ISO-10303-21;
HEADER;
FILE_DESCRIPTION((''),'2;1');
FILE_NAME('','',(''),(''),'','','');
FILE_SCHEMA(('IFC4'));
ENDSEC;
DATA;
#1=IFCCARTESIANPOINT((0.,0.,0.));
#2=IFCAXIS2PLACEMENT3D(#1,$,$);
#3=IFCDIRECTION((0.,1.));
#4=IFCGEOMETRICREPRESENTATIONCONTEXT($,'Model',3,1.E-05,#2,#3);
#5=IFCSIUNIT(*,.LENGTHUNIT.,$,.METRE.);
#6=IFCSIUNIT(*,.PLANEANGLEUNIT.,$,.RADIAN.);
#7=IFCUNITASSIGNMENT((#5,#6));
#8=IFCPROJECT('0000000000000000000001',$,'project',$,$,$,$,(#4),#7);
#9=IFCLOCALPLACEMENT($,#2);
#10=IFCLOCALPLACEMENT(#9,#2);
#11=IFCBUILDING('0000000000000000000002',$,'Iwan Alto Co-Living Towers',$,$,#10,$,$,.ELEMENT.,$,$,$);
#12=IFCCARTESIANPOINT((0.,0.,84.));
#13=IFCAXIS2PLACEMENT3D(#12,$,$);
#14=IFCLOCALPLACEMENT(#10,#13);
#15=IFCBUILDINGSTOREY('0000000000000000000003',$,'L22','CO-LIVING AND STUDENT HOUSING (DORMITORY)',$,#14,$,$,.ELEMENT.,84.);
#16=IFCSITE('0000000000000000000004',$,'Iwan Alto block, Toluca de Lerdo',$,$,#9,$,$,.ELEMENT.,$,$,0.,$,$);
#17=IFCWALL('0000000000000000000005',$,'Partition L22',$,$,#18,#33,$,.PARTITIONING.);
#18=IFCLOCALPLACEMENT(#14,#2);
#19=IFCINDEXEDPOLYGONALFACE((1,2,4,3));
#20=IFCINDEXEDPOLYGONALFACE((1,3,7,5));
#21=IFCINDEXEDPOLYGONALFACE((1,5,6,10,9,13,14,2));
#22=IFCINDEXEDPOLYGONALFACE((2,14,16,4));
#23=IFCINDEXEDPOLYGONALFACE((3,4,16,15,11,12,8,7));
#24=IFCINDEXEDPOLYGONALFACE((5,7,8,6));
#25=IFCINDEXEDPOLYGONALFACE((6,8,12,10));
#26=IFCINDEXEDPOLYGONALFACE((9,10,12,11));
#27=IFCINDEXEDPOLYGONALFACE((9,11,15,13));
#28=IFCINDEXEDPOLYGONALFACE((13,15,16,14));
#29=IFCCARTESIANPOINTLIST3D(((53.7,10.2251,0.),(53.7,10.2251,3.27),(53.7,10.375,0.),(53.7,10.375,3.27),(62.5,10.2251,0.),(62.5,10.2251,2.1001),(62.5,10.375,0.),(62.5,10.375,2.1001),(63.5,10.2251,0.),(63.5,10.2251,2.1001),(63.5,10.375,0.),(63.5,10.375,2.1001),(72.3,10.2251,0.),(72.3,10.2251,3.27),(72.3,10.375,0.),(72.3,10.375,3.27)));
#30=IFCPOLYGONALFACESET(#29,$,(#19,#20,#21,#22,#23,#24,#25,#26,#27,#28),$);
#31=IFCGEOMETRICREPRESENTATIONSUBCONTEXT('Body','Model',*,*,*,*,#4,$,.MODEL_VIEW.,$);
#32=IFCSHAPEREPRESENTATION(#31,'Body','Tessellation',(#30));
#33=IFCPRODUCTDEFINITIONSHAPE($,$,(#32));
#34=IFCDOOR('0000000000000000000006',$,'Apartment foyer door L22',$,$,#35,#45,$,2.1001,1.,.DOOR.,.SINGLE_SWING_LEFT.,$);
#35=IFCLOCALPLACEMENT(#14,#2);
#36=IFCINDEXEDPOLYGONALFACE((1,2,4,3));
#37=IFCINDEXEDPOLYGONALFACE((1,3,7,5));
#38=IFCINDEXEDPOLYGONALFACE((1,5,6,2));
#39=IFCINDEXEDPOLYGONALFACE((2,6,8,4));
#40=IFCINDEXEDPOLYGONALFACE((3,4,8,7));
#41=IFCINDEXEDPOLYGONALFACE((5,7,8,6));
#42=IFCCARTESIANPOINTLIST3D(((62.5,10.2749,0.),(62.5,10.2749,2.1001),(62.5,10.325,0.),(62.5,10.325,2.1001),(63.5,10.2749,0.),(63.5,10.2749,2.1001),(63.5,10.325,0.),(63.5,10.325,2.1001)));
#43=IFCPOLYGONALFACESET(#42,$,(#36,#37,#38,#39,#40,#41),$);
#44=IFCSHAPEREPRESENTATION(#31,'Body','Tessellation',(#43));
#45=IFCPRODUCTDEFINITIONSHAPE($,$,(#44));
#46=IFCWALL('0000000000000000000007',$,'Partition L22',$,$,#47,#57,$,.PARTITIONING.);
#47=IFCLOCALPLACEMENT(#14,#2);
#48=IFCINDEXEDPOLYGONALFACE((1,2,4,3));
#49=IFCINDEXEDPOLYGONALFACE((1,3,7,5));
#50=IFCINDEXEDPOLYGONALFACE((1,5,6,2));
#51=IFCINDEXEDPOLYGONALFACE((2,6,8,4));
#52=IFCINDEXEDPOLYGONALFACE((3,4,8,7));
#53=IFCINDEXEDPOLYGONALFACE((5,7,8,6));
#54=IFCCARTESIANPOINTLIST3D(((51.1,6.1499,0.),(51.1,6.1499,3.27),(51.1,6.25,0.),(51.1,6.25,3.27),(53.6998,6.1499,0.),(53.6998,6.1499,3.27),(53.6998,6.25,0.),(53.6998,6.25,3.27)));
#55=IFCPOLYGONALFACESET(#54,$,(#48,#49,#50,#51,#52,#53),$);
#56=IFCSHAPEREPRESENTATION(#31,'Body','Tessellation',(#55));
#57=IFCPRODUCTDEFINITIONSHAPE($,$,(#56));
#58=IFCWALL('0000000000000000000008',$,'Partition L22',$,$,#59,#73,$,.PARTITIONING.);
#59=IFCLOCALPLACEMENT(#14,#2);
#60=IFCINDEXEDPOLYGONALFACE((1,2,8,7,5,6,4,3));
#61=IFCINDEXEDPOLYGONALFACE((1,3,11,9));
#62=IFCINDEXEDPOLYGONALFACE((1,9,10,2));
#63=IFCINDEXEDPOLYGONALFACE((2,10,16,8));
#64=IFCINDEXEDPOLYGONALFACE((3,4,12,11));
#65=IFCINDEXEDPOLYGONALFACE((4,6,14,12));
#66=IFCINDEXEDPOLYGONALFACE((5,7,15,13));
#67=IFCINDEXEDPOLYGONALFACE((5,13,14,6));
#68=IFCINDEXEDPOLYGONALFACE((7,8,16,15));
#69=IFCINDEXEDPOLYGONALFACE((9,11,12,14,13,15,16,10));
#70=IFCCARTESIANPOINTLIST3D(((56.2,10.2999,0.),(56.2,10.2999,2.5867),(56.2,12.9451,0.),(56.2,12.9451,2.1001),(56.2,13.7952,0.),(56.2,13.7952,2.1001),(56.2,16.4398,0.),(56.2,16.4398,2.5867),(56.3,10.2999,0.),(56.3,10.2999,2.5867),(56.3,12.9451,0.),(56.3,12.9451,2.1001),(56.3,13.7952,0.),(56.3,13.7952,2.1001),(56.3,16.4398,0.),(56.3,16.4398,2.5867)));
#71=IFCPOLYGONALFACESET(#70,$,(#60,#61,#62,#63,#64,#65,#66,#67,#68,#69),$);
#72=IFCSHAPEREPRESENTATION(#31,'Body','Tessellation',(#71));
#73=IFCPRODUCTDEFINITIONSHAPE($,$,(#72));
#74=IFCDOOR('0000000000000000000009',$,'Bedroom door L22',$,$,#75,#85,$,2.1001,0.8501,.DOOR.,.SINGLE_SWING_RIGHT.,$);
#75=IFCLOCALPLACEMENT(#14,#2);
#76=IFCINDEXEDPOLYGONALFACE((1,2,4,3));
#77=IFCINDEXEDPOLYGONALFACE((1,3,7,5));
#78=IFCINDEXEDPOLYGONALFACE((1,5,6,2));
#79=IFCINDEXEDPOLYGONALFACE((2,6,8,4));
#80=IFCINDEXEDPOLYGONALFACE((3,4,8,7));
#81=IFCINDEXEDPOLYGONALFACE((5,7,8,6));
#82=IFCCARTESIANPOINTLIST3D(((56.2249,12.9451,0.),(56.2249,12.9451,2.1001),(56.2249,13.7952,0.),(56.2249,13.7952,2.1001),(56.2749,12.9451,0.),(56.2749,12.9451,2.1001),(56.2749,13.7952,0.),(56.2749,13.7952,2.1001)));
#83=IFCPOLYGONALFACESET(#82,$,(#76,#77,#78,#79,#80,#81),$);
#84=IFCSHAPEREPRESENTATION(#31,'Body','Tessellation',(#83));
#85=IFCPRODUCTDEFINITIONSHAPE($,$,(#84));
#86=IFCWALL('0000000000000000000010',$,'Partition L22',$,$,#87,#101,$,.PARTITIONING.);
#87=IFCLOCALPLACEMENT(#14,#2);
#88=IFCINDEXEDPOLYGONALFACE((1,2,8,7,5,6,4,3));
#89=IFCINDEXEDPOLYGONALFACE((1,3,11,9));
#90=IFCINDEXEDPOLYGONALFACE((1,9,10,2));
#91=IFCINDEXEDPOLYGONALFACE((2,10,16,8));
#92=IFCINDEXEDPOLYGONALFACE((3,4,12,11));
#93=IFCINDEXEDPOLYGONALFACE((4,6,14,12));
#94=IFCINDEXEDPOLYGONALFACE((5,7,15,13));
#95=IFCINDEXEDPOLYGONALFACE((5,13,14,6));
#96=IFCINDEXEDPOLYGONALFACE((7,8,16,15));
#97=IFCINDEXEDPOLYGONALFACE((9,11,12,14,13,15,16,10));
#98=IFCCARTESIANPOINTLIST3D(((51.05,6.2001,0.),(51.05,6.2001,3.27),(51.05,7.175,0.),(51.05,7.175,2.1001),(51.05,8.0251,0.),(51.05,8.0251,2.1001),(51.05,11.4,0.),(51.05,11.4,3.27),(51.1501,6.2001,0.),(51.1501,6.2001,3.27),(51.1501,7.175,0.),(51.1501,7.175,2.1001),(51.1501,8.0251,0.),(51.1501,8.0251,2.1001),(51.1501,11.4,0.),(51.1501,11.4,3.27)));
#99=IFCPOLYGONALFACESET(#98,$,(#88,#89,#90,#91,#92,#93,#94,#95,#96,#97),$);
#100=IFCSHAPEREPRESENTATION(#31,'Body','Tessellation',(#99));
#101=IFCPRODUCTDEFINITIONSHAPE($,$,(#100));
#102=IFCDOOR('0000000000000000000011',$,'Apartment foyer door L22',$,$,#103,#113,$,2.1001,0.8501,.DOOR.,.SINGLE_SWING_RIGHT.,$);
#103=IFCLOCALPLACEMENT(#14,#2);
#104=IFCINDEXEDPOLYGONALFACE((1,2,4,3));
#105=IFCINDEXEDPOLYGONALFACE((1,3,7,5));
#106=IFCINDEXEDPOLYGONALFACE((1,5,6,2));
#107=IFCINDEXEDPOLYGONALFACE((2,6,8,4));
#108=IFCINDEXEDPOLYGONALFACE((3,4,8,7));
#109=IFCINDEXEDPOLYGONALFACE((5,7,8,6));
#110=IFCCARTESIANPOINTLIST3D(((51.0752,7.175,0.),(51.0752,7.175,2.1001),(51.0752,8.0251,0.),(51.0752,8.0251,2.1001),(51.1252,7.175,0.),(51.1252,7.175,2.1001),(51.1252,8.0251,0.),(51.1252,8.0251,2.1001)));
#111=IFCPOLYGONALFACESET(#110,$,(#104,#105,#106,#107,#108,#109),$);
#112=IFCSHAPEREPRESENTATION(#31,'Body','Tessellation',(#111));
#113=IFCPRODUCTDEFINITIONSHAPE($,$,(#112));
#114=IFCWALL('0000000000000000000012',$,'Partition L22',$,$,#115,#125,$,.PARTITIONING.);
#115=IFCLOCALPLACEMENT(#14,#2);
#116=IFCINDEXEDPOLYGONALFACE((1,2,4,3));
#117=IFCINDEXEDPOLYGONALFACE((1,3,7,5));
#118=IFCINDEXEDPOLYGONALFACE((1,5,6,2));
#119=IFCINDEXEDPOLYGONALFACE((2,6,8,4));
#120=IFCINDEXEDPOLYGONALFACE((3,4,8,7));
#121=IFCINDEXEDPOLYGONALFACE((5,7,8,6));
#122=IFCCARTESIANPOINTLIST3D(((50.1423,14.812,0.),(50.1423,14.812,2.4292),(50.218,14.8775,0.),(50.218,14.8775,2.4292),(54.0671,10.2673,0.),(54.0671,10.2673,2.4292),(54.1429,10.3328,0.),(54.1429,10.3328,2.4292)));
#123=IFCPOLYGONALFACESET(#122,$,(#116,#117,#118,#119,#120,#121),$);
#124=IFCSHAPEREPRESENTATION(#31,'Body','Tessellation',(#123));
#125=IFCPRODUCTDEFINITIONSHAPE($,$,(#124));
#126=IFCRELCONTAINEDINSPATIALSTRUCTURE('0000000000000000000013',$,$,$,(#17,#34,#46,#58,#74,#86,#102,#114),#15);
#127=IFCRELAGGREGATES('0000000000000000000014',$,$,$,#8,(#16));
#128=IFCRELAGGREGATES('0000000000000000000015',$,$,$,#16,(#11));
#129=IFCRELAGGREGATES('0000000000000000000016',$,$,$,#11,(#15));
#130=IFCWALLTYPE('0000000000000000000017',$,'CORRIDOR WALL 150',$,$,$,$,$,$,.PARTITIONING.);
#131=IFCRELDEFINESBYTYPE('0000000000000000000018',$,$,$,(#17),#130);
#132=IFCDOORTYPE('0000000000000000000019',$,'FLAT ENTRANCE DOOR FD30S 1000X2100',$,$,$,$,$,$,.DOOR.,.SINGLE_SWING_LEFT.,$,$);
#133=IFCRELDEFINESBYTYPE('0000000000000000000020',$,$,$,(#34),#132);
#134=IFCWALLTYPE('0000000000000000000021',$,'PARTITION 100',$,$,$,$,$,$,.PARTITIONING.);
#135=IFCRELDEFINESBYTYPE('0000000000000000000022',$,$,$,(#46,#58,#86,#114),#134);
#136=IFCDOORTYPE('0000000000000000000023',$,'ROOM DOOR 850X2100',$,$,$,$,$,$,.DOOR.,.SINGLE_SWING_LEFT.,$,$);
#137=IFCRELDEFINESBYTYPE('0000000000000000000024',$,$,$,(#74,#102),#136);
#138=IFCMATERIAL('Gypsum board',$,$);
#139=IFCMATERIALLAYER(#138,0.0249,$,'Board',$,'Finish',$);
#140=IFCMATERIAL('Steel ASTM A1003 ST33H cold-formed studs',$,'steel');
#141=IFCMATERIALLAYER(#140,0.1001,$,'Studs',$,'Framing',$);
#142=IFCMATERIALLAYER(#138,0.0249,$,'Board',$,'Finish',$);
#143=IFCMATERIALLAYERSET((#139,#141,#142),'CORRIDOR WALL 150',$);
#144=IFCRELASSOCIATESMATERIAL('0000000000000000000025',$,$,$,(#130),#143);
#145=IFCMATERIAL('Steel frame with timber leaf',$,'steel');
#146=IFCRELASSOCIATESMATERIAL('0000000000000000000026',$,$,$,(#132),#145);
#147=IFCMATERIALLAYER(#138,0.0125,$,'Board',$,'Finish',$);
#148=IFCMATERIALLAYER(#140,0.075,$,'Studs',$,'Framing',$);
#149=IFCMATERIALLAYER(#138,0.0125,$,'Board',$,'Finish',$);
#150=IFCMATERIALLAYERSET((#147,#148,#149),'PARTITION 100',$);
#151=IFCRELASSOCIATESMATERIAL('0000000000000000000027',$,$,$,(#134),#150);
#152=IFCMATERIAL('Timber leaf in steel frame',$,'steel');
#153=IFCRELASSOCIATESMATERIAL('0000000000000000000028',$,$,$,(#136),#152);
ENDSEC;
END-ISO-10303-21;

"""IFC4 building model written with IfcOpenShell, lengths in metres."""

from ifc_helpers import new_model, si_unit, direction, frame, frame_2d, origin, place, context, subcontext, project, spatial, rectangle, extrude, material, layer, layer_set, type_object, element, fill, save


model = new_model("IFC4")

# Units and contexts
model_context = context("Model", 3, precision=1e-05, world=origin(), true_north=direction((0.0, 1.0)))
body_context = subcontext(model_context, "Body", "Model", "MODEL_VIEW")
ifc_project = project(units=[si_unit("LENGTHUNIT", "METRE"), si_unit("PLANEANGLEUNIT", "RADIAN")], contexts=[model_context])

# Site, building, storey
site_placement = place(None, origin())
site = spatial("IfcSite", under=ifc_project, at=site_placement, Name="Iwan Alto block, Toluca de Lerdo", CompositionType="ELEMENT", RefElevation=0.0)
building_placement = place(site_placement, origin())
building = spatial("IfcBuilding", under=site, at=building_placement, Name="Iwan Alto Co-Living Towers", CompositionType="ELEMENT")
storey_placement = place(building_placement, frame((0.0, 0.0, 84.0)))
storey = spatial("IfcBuildingStorey", under=building, at=storey_placement, Name="L22", Description="CO-LIVING AND STUDENT HOUSING (DORMITORY)", CompositionType="ELEMENT", Elevation=84.0)

# Wall, opening, door
ifc_material_1 = material(Name="Gypsum board")
ifc_layer_1 = layer(ifc_material_1, 0.0249, Name="Board", Category="Finish")
ifc_material_2 = material(Name="Steel ASTM A1003 ST33H cold-formed studs", Category="steel")
ifc_layer_2 = layer(ifc_material_2, 0.1001, Name="Studs", Category="Framing")
ifc_layer_3 = layer(ifc_material_1, 0.0249, Name="Board", Category="Finish")
ifc_layer_set_1 = layer_set([ifc_layer_1, ifc_layer_2, ifc_layer_3], Name="CORRIDOR WALL 150")
wall_type_1 = type_object("IfcWallType", Name="CORRIDOR WALL 150", PredefinedType="PARTITIONING", material=ifc_layer_set_1)
wall_1_placement = place(storey_placement, frame((53.7, 10.3, 0.0), z_axis=(0.0, 0.0, 1.0), x_axis=(1.0, 0.0, 0.0)))
wall_1 = element("IfcWall", 1, at=wall_1_placement, inside=storey, type_object=wall_type_1, Name="Partition L22", PredefinedType="PARTITIONING", context=body_context, shape_type="SweptSolid", body=[
    extrude(rectangle(XDim=18.6001, YDim=0.1499, at=frame_2d((9.3, 0.0))), origin(), (0.0, 0.0, 1.0), 3.27),
])
opening_1_placement = place(wall_1_placement, frame((8.8, 0.0, 0.0)))
opening_1 = element("IfcOpeningElement", 2, at=opening_1_placement, cuts=wall_1, PredefinedType="OPENING", context=body_context, shape_type="SweptSolid", body=[
    extrude(rectangle(XDim=1.0, YDim=2.1001, at=frame_2d((0.5, 1.05))), frame((0.0, 0.085, 0.0), z_axis=(0.0, -1.0, 0.0), x_axis=(1.0, 0.0, 0.0)), (0.0, 0.0, 1.0), 0.1699),
])
ifc_material_3 = material(Name="Steel frame with timber leaf", Category="steel")
door_type_1 = type_object("IfcDoorType", Name="FLAT ENTRANCE DOOR FD30S 1000X2100", OperationType="SINGLE_SWING_LEFT", PredefinedType="DOOR", material=ifc_material_3)
door_1_placement = place(opening_1_placement, origin())
door_1 = element("IfcDoor", 3, at=door_1_placement, inside=storey, type_object=door_type_1, Name="Apartment foyer door L22", OperationType="SINGLE_SWING_LEFT", OverallHeight=2.1001, OverallWidth=1.0, PredefinedType="DOOR", context=body_context, shape_type="SweptSolid", body=[
    extrude(rectangle(XDim=1.0, YDim=2.1001, at=frame_2d((0.5, 1.05))), frame((0.0, 0.0249, 0.0), z_axis=(0.0, -1.0, 0.0), x_axis=(1.0, 0.0, 0.0)), (0.0, 0.0, 1.0), 0.05),
])
fill(opening_1, door_1)

# Wall
ifc_layer_4 = layer(ifc_material_1, 0.0125, Name="Board", Category="Finish")
ifc_layer_5 = layer(ifc_material_2, 0.075, Name="Studs", Category="Framing")
ifc_layer_6 = layer(ifc_material_1, 0.0125, Name="Board", Category="Finish")
ifc_layer_set_2 = layer_set([ifc_layer_4, ifc_layer_5, ifc_layer_6], Name="PARTITION 100")
wall_type_2 = type_object("IfcWallType", Name="PARTITION 100", PredefinedType="PARTITIONING", material=ifc_layer_set_2)
wall_2_placement = place(storey_placement, frame((51.1001, 6.2, 0.0), z_axis=(0.0, 0.0, 1.0), x_axis=(1.0, 0.0, 0.0)))
element("IfcWall", 4, at=wall_2_placement, inside=storey, type_object=wall_type_2, Name="Partition L22", PredefinedType="PARTITIONING", context=body_context, shape_type="SweptSolid", body=[
    extrude(rectangle(XDim=2.5999, YDim=0.1001, at=frame_2d((1.2998, 0.0))), origin(), (0.0, 0.0, 1.0), 3.27),
])

# Walls, openings, doors
wall_3_placement = place(storey_placement, frame((56.25, 10.3, 0.0), z_axis=(0.0, 0.0, 1.0), x_axis=(0.0, 1.0, 0.0)))
wall_3 = element("IfcWall", 5, at=wall_3_placement, inside=storey, type_object=wall_type_2, Name="Partition L22", PredefinedType="PARTITIONING", context=body_context, shape_type="SweptSolid", body=[
    extrude(rectangle(XDim=6.1399, YDim=0.1001, at=frame_2d((3.0698, 0.0))), origin(), (0.0, 0.0, 1.0), 2.5867),
])
opening_2_placement = place(wall_3_placement, frame((2.645, 0.0, 0.0)))
opening_2 = element("IfcOpeningElement", 6, at=opening_2_placement, cuts=wall_3, PredefinedType="OPENING", context=body_context, shape_type="SweptSolid", body=[
    extrude(rectangle(XDim=0.8501, YDim=2.1001, at=frame_2d((0.425, 1.05))), frame((0.0, 0.0601, 0.0), z_axis=(0.0, -1.0, 0.0), x_axis=(1.0, 0.0, 0.0)), (0.0, 0.0, 1.0), 0.1201),
])
ifc_material_4 = material(Name="Timber leaf in steel frame", Category="steel")
door_type_2 = type_object("IfcDoorType", Name="ROOM DOOR 850X2100", OperationType="SINGLE_SWING_LEFT", PredefinedType="DOOR", material=ifc_material_4)
door_2_placement = place(opening_2_placement, frame((0.8501, 0.0, 0.0), z_axis=(0.0, 0.0, 1.0), x_axis=(-1.0, 0.0, 0.0)))
door_2 = element("IfcDoor", 7, at=door_2_placement, inside=storey, type_object=door_type_2, Name="Bedroom door L22", OperationType="SINGLE_SWING_RIGHT", OverallHeight=2.1001, OverallWidth=0.8501, PredefinedType="DOOR", context=body_context, shape_type="SweptSolid", body=[
    extrude(rectangle(XDim=0.8501, YDim=2.1001, at=frame_2d((0.425, 1.05))), frame((0.0, 0.0249, 0.0), z_axis=(0.0, -1.0, 0.0), x_axis=(1.0, 0.0, 0.0)), (0.0, 0.0, 1.0), 0.05),
])
fill(opening_2, door_2)
wall_4_placement = place(storey_placement, frame((51.1001, 6.2, 0.0), z_axis=(0.0, 0.0, 1.0), x_axis=(0.0, 1.0, 0.0)))
wall_4 = element("IfcWall", 8, at=wall_4_placement, inside=storey, type_object=wall_type_2, Name="Partition L22", PredefinedType="PARTITIONING", context=body_context, shape_type="SweptSolid", body=[
    extrude(rectangle(XDim=5.2, YDim=0.1001, at=frame_2d((2.6001, 0.0))), origin(), (0.0, 0.0, 1.0), 3.27),
])
opening_3_placement = place(wall_4_placement, frame((0.9751, 0.0, 0.0)))
opening_3 = element("IfcOpeningElement", 9, at=opening_3_placement, cuts=wall_4, PredefinedType="OPENING", context=body_context, shape_type="SweptSolid", body=[
    extrude(rectangle(XDim=0.8501, YDim=2.1001, at=frame_2d((0.425, 1.05))), frame((0.0, 0.0601, 0.0), z_axis=(0.0, -1.0, 0.0), x_axis=(1.0, 0.0, 0.0)), (0.0, 0.0, 1.0), 0.1201),
])
door_3_placement = place(opening_3_placement, origin())
door_3 = element("IfcDoor", 10, at=door_3_placement, inside=storey, type_object=door_type_2, Name="Apartment foyer door L22", OperationType="SINGLE_SWING_RIGHT", OverallHeight=2.1001, OverallWidth=0.8501, PredefinedType="DOOR", context=body_context, shape_type="SweptSolid", body=[
    extrude(rectangle(XDim=0.8501, YDim=2.1001, at=frame_2d((0.425, 1.05))), frame((0.0, 0.0249, 0.0), z_axis=(0.0, -1.0, 0.0), x_axis=(1.0, 0.0, 0.0)), (0.0, 0.0, 1.0), 0.05),
])
fill(opening_3, door_3)

# Wall
wall_5_placement = place(storey_placement, frame((54.105, 10.3, 0.0), z_axis=(0.0, 0.0, 1.0), x_axis=(-0.653606, 0.756835, 0.0)))
element("IfcWall", 11, at=wall_5_placement, inside=storey, type_object=wall_type_2, Name="Partition L22", PredefinedType="PARTITIONING", context=body_context, shape_type="SweptSolid", body=[
    extrude(rectangle(XDim=6.0049, YDim=0.1001, at=frame_2d((3.0024, 0.0))), origin(), (0.0, 0.0, 1.0), 2.4292),
])

save(model, "model.ifc")
